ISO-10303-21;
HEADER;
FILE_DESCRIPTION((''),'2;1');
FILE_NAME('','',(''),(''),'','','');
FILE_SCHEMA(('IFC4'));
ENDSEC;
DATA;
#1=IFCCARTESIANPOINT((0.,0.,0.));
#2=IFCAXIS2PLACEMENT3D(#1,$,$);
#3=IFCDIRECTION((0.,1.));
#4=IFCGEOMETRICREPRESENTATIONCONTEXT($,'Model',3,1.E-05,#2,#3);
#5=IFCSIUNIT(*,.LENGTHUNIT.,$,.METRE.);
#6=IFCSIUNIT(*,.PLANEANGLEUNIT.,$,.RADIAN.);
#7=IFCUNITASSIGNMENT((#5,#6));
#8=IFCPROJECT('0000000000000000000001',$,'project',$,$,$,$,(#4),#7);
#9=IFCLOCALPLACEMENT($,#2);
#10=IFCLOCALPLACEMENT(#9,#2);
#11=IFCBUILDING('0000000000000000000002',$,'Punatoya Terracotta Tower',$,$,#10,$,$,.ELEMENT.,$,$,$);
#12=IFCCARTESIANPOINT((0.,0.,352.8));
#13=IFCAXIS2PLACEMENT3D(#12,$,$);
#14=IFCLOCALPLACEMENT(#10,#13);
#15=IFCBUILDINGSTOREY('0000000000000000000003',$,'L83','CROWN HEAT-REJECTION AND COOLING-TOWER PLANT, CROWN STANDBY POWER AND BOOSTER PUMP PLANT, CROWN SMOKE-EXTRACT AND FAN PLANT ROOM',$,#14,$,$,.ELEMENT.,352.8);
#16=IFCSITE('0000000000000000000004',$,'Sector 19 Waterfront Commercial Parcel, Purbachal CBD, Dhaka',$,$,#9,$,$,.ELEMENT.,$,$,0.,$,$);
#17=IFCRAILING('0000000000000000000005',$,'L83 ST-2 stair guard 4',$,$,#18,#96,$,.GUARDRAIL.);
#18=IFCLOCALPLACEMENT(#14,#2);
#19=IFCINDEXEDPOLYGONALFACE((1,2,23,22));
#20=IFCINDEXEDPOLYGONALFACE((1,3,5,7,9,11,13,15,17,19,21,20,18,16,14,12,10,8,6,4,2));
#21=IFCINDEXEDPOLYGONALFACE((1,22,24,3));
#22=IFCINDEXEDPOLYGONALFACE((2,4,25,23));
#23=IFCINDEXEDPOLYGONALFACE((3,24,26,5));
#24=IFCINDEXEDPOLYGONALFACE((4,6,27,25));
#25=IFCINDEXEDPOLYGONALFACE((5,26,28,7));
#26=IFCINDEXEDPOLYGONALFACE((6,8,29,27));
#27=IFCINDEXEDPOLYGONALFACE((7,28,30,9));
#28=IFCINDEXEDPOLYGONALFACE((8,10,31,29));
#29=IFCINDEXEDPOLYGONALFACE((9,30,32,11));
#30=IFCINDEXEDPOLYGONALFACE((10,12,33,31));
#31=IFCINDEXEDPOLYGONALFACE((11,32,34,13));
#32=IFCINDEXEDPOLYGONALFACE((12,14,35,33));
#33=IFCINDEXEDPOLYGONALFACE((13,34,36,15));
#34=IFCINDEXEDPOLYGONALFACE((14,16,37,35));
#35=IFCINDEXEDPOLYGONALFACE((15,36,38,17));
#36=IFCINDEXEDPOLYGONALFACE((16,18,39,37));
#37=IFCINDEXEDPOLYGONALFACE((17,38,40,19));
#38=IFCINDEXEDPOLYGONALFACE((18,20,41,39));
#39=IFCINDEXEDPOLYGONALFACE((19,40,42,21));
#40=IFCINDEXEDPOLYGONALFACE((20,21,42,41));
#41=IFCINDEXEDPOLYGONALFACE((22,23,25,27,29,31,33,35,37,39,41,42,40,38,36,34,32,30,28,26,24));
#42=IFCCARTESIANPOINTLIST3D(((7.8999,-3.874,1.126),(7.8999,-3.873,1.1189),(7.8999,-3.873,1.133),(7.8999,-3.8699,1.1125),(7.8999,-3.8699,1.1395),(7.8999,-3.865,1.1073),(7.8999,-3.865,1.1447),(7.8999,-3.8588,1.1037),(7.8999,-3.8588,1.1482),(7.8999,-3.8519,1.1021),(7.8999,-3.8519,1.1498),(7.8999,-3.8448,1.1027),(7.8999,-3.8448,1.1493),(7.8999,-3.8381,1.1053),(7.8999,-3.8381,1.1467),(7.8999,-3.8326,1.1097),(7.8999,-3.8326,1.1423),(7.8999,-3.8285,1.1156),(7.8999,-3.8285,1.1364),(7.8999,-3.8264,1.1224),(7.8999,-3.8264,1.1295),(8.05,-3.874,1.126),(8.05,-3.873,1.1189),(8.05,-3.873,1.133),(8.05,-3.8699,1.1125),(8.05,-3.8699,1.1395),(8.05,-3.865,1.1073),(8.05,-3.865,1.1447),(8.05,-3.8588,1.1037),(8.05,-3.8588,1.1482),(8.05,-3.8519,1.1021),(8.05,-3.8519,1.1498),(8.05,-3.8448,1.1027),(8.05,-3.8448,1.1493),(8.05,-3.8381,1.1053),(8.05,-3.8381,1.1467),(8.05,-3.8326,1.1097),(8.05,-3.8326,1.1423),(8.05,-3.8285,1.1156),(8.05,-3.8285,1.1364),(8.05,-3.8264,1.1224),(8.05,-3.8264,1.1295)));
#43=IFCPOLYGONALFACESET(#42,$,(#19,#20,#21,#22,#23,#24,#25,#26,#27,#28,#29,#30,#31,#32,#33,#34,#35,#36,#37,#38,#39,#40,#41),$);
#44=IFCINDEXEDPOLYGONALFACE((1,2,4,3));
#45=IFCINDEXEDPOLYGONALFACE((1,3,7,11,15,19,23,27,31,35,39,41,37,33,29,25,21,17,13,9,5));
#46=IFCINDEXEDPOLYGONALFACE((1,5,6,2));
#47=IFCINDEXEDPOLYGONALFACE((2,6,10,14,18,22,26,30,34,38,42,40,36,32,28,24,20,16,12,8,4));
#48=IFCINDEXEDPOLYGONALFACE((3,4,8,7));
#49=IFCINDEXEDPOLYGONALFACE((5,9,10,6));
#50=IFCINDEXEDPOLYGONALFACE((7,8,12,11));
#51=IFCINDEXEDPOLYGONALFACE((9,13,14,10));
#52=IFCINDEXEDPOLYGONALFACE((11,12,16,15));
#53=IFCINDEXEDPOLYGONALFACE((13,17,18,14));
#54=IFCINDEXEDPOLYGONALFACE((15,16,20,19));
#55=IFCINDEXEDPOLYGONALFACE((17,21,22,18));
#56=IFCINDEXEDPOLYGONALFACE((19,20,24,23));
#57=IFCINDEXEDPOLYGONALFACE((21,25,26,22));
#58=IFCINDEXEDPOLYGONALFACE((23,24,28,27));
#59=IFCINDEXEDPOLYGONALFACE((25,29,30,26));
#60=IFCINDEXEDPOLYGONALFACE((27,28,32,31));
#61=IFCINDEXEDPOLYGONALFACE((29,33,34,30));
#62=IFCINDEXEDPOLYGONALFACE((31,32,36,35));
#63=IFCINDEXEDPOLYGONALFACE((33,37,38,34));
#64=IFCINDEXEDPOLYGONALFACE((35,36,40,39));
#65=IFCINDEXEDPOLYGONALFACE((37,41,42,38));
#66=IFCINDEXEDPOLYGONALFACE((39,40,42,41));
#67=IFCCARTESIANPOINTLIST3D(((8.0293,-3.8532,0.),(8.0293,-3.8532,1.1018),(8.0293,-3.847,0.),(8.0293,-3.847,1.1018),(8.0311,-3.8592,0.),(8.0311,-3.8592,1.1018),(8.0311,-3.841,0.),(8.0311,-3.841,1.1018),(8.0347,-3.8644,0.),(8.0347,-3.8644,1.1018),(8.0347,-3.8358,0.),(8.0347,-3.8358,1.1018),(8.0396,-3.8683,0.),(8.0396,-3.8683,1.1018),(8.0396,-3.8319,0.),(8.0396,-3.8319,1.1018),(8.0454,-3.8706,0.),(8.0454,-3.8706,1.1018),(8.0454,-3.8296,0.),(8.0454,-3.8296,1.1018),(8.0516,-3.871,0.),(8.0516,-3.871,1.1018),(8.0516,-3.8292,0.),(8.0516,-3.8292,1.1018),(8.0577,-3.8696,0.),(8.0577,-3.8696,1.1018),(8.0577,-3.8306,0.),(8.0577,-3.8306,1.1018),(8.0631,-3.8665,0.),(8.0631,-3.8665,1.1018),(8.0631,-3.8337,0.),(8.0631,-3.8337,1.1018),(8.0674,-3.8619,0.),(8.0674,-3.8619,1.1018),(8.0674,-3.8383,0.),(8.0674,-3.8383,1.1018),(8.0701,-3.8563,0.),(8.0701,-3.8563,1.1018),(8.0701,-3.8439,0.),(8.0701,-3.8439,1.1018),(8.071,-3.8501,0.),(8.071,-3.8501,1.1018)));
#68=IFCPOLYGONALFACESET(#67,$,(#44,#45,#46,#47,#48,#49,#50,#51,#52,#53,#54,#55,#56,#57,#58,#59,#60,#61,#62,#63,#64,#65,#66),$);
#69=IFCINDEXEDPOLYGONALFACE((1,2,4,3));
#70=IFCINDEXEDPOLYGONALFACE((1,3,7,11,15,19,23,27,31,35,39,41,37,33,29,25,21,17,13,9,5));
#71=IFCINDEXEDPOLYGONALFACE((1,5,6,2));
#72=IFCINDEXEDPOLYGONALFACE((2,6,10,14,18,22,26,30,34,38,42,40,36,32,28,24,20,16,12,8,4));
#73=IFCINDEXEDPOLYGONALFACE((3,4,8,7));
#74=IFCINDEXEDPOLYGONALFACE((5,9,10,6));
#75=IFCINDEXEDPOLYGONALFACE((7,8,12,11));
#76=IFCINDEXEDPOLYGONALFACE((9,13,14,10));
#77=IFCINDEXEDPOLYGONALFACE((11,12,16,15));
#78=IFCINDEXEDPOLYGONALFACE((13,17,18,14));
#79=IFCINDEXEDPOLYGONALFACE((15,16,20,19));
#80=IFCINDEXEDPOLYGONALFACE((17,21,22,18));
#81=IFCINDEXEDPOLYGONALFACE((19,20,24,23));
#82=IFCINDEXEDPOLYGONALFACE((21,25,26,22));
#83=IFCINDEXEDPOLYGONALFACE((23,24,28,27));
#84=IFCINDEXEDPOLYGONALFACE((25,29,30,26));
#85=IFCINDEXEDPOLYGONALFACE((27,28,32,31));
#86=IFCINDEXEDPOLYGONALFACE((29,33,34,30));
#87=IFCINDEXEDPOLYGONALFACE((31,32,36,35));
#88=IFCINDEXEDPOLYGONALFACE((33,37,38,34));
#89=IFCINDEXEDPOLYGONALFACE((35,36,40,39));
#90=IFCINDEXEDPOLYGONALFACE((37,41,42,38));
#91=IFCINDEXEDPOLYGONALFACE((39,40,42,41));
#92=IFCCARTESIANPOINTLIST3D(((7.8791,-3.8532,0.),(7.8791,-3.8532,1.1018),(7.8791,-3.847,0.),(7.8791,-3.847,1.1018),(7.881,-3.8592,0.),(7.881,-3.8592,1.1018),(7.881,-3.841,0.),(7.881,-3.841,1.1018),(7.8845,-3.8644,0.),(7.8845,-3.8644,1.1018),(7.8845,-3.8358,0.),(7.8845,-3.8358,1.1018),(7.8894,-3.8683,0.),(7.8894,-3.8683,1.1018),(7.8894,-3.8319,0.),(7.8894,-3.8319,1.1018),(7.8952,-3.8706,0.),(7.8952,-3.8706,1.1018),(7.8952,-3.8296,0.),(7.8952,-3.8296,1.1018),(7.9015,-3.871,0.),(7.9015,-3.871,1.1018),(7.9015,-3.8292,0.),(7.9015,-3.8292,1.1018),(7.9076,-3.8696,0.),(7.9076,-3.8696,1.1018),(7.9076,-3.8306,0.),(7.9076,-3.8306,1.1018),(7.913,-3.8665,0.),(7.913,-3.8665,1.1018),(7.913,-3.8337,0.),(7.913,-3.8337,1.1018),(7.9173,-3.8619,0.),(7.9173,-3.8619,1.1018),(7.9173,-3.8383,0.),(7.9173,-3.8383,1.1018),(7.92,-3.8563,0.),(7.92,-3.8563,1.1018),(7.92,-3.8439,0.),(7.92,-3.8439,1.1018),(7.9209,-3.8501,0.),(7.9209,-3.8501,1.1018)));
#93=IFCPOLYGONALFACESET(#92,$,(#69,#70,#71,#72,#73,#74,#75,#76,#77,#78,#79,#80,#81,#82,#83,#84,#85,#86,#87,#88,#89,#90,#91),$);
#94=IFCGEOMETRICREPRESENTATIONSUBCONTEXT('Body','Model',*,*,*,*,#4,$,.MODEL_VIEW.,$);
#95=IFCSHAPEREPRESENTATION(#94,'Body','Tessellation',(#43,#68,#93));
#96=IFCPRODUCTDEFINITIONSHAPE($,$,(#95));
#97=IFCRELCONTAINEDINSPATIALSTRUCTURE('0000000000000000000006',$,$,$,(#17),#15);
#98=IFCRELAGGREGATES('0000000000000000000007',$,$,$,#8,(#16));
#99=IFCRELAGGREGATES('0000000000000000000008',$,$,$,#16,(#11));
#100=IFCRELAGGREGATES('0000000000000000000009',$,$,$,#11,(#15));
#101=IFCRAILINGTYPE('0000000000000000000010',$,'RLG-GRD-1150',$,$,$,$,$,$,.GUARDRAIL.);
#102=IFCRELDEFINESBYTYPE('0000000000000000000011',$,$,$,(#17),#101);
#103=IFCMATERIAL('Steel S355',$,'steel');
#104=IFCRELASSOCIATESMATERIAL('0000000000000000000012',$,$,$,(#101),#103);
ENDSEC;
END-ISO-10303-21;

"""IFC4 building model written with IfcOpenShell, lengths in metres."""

from ifc_helpers import new_model, si_unit, direction, frame, origin, origin_2d, place, context, subcontext, project, spatial, circle, extrude, material, type_object, element, save


model = new_model("IFC4")

# Units and contexts
model_context = context("Model", 3, precision=1e-05, world=origin(), true_north=direction((0.0, 1.0)))
body_context = subcontext(model_context, "Body", "Model", "MODEL_VIEW")
ifc_project = project(units=[si_unit("LENGTHUNIT", "METRE"), si_unit("PLANEANGLEUNIT", "RADIAN")], contexts=[model_context])

# Site, building, storey
site_placement = place(None, origin())
site = spatial("IfcSite", under=ifc_project, at=site_placement, Name="Sector 19 Waterfront Commercial Parcel, Purbachal CBD, Dhaka", CompositionType="ELEMENT", RefElevation=0.0)
building_placement = place(site_placement, origin())
building = spatial("IfcBuilding", under=site, at=building_placement, Name="Punatoya Terracotta Tower", CompositionType="ELEMENT")
storey_placement = place(building_placement, frame((0.0, 0.0, 352.8)))
storey = spatial("IfcBuildingStorey", under=building, at=storey_placement, Name="L83", Description="CROWN HEAT-REJECTION AND COOLING-TOWER PLANT, CROWN STANDBY POWER AND BOOSTER PUMP PLANT, CROWN SMOKE-EXTRACT AND FAN PLANT ROOM", CompositionType="ELEMENT", Elevation=352.8)

# Railing
ifc_material_1 = material(Name="Steel S355", Category="steel")
railing_type_1 = type_object("IfcRailingType", Name="RLG-GRD-1150", PredefinedType="GUARDRAIL", material=ifc_material_1)
railing_1_placement = place(storey_placement, frame((8.05, -3.8501, 0.0)))
element("IfcRailing", 1, at=railing_1_placement, inside=storey, type_object=railing_type_1, Name="L83 ST-2 stair guard 4", PredefinedType="GUARDRAIL", context=body_context, shape_type="SweptSolid", body=[
    extrude(circle(Radius=0.0239, at=origin_2d()), frame((0.0, 0.0, 1.126), z_axis=(-1.0, 0.0, 0.0), x_axis=(0.0, -1.0, 0.0)), (0.0, 0.0, 1.0), 0.1501),
    extrude(circle(Radius=0.021, at=origin_2d()), origin(), (0.0, 0.0, 1.0), 1.1018),
    extrude(circle(Radius=0.021, at=origin_2d()), frame((-0.1501, 0.0, 0.0)), (0.0, 0.0, 1.0), 1.1018),
])

save(model, "model.ifc")
